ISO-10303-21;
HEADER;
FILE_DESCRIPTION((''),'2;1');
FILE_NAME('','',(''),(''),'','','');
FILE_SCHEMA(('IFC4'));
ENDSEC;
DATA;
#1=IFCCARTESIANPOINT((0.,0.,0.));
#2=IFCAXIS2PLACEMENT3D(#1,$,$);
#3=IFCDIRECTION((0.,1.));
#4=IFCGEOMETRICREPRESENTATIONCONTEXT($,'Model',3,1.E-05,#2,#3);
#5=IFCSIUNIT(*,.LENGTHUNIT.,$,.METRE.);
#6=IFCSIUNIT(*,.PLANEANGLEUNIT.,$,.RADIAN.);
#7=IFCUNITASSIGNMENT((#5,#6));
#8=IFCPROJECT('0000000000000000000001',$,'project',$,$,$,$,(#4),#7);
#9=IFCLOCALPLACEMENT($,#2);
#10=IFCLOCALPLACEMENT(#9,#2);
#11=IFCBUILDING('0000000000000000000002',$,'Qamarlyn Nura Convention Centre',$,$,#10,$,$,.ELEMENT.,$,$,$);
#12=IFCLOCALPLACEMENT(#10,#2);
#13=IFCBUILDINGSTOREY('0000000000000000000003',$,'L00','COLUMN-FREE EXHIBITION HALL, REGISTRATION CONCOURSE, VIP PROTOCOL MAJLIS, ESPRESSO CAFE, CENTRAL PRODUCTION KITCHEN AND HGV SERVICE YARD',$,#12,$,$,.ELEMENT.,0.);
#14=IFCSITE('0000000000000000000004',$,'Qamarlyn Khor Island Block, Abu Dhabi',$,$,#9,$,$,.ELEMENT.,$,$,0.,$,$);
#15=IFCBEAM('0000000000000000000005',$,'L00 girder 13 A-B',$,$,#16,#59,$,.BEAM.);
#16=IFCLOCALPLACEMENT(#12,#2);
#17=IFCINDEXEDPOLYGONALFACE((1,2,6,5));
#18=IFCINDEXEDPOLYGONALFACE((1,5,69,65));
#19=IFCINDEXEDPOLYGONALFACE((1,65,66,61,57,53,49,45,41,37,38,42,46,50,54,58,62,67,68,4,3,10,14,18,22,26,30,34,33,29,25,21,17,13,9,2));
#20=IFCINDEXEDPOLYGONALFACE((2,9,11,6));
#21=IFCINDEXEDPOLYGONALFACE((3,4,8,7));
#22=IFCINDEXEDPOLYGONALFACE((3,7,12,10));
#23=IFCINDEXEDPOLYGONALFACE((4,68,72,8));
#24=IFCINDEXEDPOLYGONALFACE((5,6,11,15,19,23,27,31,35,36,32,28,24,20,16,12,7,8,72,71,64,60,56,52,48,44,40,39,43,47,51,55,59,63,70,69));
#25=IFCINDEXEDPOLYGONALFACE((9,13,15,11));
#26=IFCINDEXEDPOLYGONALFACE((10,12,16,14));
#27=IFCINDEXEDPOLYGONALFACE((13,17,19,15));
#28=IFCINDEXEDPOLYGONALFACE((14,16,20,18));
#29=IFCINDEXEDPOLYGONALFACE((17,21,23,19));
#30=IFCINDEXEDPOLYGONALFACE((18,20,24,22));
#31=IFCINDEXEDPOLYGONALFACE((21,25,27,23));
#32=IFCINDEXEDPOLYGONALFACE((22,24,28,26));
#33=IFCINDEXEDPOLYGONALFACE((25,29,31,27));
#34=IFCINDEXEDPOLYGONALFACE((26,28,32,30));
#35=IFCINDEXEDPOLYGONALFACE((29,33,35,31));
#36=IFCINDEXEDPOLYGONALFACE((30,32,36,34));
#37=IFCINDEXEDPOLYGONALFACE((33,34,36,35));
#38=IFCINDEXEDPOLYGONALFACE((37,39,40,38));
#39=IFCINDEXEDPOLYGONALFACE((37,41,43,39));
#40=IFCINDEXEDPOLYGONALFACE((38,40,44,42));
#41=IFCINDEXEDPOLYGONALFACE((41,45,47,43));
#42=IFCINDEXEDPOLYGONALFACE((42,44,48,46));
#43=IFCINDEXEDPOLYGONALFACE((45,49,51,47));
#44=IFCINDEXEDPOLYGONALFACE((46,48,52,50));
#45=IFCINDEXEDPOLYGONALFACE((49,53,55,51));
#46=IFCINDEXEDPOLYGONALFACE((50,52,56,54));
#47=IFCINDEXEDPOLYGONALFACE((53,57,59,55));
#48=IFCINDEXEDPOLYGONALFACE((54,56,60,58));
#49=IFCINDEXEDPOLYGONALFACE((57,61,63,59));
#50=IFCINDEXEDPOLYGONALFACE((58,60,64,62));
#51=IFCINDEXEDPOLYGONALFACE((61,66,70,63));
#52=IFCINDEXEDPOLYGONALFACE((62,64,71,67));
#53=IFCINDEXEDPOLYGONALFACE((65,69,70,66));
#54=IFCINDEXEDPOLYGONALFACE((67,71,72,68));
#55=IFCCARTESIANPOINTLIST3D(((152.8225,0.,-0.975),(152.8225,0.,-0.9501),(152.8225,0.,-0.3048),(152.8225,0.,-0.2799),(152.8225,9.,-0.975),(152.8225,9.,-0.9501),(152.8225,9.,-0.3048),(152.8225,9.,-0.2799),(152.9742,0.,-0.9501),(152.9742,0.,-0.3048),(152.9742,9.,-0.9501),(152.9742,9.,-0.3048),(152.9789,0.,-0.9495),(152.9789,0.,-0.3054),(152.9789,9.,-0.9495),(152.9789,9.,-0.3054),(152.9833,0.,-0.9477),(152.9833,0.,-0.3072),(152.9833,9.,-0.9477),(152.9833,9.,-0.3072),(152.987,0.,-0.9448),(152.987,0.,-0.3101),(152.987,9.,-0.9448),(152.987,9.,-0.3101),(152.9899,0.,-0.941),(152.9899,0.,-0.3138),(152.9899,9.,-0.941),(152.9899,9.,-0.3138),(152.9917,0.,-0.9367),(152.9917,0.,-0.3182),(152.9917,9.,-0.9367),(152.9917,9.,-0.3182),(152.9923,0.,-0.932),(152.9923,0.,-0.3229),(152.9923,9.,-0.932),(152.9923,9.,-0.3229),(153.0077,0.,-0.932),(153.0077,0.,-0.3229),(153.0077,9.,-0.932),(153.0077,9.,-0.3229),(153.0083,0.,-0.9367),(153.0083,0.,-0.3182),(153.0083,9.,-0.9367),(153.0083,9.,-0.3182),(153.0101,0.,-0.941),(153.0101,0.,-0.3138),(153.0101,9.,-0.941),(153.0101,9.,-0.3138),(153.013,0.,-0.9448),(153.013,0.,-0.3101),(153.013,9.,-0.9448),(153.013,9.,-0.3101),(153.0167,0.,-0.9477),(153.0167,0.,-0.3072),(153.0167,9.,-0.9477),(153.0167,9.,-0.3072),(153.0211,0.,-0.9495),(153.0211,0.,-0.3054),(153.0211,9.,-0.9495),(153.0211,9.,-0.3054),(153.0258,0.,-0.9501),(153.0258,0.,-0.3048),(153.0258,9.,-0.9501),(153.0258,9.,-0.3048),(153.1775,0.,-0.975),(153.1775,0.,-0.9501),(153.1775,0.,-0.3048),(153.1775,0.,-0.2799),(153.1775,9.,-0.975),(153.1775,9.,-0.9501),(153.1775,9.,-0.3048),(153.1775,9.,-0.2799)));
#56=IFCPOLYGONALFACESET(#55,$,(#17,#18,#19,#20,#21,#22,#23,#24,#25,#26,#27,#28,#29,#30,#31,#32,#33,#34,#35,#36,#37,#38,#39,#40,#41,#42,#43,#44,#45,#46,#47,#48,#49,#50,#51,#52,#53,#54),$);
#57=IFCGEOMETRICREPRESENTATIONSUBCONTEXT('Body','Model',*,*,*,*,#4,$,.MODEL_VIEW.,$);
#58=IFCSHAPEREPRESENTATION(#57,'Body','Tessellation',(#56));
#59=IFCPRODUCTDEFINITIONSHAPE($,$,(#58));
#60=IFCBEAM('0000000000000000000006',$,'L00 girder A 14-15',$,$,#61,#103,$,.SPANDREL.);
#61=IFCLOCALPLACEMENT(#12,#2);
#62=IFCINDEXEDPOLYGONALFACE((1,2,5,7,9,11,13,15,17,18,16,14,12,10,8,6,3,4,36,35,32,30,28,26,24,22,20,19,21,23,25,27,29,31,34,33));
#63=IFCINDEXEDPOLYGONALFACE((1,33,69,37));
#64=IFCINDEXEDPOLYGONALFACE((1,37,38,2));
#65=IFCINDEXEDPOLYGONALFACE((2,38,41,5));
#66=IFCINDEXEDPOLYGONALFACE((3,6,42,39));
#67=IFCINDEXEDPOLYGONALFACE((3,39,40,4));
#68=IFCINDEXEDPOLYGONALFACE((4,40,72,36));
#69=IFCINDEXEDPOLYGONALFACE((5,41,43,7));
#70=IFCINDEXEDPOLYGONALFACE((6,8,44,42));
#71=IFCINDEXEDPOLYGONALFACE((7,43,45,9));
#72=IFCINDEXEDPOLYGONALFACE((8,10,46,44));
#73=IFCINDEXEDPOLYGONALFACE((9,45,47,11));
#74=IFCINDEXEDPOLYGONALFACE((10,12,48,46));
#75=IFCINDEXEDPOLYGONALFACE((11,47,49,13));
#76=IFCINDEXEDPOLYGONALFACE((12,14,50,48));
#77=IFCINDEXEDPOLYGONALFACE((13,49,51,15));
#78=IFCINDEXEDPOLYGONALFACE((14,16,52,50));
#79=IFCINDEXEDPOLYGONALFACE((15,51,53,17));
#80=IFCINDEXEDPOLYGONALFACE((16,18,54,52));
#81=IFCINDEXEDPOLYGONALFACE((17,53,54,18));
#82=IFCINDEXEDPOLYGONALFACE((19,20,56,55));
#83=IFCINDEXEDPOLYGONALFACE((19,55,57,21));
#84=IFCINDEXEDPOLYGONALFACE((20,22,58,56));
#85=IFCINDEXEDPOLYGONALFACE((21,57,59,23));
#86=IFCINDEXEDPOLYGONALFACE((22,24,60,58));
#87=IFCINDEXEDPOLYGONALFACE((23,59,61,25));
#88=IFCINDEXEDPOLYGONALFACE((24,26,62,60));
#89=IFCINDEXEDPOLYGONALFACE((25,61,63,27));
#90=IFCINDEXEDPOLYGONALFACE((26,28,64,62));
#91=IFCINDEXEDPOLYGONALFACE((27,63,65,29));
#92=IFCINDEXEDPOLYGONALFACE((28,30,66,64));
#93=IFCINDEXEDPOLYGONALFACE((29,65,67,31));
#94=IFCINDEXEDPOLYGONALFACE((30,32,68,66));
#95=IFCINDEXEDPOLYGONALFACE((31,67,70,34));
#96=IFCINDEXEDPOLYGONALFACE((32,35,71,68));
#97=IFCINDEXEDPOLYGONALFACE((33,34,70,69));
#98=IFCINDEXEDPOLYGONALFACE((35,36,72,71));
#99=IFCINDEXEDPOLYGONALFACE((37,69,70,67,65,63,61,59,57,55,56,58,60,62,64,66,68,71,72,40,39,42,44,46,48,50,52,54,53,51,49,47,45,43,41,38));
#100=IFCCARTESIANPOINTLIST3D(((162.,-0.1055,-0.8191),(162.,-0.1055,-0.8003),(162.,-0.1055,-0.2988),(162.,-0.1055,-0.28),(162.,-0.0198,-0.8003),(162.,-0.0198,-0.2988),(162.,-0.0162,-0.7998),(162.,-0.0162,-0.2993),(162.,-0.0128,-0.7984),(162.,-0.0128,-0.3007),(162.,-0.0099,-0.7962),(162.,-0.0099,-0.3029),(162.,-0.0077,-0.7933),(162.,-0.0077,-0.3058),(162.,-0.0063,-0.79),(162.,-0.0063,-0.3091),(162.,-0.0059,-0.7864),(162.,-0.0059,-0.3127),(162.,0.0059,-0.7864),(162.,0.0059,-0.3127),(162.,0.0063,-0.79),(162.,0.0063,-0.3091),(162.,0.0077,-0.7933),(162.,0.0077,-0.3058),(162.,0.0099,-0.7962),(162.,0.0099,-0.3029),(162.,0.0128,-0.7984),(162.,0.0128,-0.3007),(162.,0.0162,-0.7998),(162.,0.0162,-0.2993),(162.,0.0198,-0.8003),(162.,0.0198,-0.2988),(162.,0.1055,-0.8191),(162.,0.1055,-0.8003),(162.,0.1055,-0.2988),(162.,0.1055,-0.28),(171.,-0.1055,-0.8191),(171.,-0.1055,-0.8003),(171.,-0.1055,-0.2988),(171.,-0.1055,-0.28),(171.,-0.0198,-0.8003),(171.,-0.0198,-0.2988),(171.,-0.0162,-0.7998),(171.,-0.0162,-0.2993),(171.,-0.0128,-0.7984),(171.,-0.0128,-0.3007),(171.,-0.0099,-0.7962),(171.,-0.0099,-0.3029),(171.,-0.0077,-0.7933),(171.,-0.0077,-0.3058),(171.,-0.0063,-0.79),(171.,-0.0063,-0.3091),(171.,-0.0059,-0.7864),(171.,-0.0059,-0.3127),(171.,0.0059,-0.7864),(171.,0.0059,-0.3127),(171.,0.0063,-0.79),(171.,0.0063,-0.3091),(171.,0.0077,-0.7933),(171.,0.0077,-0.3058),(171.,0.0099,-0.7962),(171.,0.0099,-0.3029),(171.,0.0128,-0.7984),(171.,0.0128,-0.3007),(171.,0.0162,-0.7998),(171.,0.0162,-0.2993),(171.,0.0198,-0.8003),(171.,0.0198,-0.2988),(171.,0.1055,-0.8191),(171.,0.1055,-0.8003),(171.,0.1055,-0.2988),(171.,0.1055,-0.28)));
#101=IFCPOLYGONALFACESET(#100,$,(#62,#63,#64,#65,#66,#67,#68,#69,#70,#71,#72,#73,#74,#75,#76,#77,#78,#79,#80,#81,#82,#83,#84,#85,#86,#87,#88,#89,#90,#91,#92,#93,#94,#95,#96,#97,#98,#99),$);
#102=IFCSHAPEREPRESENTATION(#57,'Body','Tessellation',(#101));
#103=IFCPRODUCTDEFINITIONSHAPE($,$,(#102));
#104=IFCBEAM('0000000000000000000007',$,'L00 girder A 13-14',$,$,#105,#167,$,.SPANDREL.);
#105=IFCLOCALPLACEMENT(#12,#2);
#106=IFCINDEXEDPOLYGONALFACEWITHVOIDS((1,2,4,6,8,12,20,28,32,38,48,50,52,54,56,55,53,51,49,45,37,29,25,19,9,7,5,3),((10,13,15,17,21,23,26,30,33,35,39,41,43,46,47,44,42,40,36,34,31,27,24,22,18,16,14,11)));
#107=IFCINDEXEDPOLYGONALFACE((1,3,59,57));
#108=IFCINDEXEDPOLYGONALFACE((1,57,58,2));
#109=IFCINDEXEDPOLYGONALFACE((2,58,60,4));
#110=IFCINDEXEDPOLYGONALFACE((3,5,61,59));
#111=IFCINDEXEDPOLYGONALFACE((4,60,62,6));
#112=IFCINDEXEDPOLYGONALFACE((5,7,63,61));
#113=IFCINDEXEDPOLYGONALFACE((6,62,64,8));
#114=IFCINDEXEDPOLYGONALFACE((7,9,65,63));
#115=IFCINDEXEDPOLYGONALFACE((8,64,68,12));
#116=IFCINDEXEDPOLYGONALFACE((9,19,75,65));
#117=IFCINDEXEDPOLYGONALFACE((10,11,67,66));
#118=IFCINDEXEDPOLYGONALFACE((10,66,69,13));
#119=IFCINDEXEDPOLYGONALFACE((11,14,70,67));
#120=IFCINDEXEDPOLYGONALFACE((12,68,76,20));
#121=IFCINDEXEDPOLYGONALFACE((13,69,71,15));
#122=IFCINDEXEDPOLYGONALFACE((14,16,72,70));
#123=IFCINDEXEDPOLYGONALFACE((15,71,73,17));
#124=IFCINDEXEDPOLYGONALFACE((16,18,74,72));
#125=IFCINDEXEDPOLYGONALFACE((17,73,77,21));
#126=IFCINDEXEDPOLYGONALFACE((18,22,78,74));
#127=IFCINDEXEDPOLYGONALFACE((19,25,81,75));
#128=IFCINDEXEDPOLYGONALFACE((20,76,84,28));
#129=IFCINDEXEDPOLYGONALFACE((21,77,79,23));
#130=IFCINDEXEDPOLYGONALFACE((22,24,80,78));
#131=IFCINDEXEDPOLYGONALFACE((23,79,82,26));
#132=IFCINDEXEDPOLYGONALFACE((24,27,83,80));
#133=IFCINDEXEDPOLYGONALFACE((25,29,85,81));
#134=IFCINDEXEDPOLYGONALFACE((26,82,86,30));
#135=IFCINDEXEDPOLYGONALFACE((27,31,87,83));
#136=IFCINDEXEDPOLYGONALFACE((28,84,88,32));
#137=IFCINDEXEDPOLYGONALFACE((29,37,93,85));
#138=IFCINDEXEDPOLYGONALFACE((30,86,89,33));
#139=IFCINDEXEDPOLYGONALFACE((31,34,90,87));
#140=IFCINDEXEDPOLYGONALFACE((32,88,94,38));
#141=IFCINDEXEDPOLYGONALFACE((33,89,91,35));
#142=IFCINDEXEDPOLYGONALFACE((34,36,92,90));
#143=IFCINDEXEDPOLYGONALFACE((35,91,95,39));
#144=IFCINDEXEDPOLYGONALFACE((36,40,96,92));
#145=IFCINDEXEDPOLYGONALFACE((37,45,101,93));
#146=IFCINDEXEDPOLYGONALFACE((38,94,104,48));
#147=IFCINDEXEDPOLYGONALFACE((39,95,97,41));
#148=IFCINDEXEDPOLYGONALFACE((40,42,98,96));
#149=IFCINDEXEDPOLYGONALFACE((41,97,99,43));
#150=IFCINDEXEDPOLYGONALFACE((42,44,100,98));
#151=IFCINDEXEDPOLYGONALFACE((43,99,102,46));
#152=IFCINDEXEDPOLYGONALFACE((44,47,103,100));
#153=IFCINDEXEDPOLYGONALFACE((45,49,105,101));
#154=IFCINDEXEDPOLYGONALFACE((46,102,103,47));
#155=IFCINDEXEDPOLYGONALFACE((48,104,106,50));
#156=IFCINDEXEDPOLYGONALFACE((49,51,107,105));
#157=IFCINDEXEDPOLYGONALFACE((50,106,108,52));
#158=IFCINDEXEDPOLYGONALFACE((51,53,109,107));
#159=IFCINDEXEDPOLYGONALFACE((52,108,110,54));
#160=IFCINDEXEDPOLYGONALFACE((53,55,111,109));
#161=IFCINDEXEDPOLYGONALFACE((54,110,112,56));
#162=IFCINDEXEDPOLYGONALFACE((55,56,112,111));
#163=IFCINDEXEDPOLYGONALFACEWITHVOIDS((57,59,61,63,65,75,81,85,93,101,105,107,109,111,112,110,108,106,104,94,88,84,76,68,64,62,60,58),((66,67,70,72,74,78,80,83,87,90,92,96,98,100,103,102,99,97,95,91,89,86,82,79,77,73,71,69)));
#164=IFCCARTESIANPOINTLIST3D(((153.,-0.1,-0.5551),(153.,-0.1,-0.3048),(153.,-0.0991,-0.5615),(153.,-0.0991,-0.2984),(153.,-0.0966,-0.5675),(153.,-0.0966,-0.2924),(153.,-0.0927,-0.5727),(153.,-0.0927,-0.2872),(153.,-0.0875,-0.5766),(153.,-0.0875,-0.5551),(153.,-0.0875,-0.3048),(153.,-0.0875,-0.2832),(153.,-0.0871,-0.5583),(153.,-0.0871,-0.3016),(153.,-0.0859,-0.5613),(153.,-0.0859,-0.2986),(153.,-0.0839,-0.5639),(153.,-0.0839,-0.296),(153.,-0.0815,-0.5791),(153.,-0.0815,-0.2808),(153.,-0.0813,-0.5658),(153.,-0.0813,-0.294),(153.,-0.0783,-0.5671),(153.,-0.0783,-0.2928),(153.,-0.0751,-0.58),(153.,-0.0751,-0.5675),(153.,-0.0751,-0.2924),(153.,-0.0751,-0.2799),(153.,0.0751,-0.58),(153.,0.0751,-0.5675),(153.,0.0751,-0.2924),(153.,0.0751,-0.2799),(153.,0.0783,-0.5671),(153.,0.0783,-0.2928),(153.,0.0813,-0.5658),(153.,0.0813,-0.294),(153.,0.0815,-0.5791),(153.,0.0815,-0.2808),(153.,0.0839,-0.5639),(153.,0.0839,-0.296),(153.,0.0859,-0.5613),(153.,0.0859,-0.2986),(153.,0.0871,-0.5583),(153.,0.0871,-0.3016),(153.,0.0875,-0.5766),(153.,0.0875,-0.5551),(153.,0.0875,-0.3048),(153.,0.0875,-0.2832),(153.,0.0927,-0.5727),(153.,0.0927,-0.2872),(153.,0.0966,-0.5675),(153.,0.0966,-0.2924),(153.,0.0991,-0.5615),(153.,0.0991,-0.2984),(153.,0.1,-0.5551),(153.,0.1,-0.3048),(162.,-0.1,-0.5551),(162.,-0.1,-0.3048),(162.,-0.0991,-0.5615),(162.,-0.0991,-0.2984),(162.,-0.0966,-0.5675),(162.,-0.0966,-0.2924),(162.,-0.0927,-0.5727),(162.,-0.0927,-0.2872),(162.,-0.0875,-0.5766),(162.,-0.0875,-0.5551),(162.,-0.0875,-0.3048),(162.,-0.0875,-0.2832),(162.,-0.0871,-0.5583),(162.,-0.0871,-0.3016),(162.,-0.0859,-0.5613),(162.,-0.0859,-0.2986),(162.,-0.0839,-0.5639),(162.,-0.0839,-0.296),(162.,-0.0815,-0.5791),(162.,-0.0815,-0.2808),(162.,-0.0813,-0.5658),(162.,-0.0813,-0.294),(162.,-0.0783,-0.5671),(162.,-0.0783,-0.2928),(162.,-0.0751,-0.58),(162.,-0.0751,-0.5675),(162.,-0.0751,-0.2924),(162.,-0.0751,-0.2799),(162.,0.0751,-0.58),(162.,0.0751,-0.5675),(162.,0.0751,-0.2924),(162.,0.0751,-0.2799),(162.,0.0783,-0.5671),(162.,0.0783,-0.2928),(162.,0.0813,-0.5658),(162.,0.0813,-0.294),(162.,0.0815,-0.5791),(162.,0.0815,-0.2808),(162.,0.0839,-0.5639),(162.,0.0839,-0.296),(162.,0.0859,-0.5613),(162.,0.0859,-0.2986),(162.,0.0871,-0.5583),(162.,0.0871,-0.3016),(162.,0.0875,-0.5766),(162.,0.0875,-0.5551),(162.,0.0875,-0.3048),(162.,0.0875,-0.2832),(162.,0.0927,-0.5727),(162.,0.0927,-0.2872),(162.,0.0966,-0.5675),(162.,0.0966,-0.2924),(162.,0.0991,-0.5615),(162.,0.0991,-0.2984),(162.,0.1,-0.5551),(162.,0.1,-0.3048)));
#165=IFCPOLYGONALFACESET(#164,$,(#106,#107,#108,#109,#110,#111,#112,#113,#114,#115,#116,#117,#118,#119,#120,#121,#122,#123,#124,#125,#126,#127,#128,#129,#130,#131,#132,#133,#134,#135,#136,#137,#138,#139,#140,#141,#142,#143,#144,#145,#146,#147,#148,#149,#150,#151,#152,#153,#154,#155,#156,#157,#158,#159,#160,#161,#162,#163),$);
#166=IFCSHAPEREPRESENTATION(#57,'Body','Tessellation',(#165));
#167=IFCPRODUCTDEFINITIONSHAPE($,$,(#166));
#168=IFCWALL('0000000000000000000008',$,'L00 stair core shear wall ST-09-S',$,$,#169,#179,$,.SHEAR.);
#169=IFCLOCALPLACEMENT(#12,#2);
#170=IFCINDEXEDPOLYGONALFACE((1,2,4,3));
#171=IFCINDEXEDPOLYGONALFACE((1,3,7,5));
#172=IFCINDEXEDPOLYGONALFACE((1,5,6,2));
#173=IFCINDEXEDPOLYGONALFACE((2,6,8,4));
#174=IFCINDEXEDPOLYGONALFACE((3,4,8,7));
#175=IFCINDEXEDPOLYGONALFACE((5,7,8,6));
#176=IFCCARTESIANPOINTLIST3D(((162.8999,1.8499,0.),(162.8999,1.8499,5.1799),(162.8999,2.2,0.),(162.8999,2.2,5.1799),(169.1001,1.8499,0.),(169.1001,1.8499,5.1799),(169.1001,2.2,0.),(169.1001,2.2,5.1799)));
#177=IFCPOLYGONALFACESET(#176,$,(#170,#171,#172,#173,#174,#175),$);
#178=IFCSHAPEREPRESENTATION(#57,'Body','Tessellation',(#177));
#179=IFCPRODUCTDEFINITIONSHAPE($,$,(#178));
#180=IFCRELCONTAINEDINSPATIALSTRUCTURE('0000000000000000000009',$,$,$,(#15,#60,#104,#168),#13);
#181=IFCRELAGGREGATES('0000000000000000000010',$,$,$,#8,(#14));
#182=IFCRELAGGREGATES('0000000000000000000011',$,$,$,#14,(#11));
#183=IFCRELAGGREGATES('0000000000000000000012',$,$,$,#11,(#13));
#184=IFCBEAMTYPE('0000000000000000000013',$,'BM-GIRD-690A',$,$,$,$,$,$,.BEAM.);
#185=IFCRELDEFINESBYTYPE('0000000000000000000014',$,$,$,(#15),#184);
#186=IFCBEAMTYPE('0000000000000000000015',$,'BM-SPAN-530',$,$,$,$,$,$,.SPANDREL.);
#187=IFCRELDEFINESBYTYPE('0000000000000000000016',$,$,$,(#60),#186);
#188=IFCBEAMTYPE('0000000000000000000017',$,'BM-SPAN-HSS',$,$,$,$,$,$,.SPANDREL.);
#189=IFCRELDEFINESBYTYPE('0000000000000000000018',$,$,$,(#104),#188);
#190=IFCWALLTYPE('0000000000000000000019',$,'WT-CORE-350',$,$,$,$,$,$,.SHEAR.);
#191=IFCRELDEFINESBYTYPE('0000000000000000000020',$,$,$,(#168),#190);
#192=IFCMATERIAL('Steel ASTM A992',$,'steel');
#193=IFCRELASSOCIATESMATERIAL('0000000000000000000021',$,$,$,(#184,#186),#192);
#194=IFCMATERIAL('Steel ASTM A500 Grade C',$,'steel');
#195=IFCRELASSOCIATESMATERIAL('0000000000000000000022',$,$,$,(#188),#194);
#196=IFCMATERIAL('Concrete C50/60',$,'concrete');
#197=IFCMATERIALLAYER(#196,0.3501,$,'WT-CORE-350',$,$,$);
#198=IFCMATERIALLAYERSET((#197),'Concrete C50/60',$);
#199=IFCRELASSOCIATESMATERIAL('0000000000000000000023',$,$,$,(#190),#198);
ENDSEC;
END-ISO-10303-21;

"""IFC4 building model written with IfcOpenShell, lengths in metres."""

from ifc_helpers import new_model, si_unit, direction, frame, frame_2d, origin, origin_2d, place, context, subcontext, project, spatial, rectangle, hollow_rectangle, i_section, extrude, material, layer, layer_set, material_profile, profile_set, type_object, element, save


model = new_model("IFC4")

# Units and contexts
model_context = context("Model", 3, precision=1e-05, world=origin(), true_north=direction((0.0, 1.0)))
body_context = subcontext(model_context, "Body", "Model", "MODEL_VIEW")
ifc_project = project(units=[si_unit("LENGTHUNIT", "METRE"), si_unit("PLANEANGLEUNIT", "RADIAN")], contexts=[model_context])

# Site, building, storey
site_placement = place(None, origin())
site = spatial("IfcSite", under=ifc_project, at=site_placement, Name="Qamarlyn Khor Island Block, Abu Dhabi", CompositionType="ELEMENT", RefElevation=0.0)
building_placement = place(site_placement, origin())
building = spatial("IfcBuilding", under=site, at=building_placement, Name="Qamarlyn Nura Convention Centre", CompositionType="ELEMENT")
storey_placement = place(building_placement, origin())
storey = spatial("IfcBuildingStorey", under=building, at=storey_placement, Name="L00", Description="COLUMN-FREE EXHIBITION HALL, REGISTRATION CONCOURSE, VIP PROTOCOL MAJLIS, ESPRESSO CAFE, CENTRAL PRODUCTION KITCHEN AND HGV SERVICE YARD", CompositionType="ELEMENT", Elevation=0.0)

# Shared definitions
ifc_material_1 = material(Name="Steel ASTM A992", Category="steel")

# Beams
ifc_material_profile_1 = material_profile(ifc_material_1, i_section(OverallWidth=0.355, OverallDepth=0.6951, WebThickness=0.0154, FlangeThickness=0.0249, FilletRadius=0.0181, at=origin_2d()), Name="W690X217")
ifc_profile_set_1 = profile_set([ifc_material_profile_1], Name="Steel ASTM A992")
beam_type_1 = type_object("IfcBeamType", Name="BM-GIRD-690A", PredefinedType="BEAM", material=ifc_profile_set_1)
beam_1_placement = place(storey_placement, frame((153.0, 0.0, -0.6274), z_axis=(0.0, 1.0, 0.0), x_axis=(-1.0, 0.0, 0.0)))
element("IfcBeam", 1, at=beam_1_placement, inside=storey, type_object=beam_type_1, Name="L00 girder 13 A-B", PredefinedType="BEAM", context=body_context, shape_type="SweptSolid", body=[
    extrude(i_section(OverallWidth=0.355, OverallDepth=0.6951, WebThickness=0.0154, FlangeThickness=0.0249, FilletRadius=0.0181, at=origin_2d()), origin(), (0.0, 0.0, 1.0), 9.0),
])
ifc_material_profile_2 = material_profile(ifc_material_1, i_section(OverallWidth=0.2109, OverallDepth=0.5391, WebThickness=0.0117, FlangeThickness=0.0188, FilletRadius=0.0139, at=origin_2d()), Name="W530X109")
ifc_profile_set_2 = profile_set([ifc_material_profile_2], Name="Steel ASTM A992")
beam_type_2 = type_object("IfcBeamType", Name="BM-SPAN-530", PredefinedType="SPANDREL", material=ifc_profile_set_2)
beam_2_placement = place(storey_placement, frame((162.0, 0.0, -0.5496), z_axis=(1.0, 0.0, 0.0), x_axis=(0.0, 1.0, 0.0)))
element("IfcBeam", 2, at=beam_2_placement, inside=storey, type_object=beam_type_2, Name="L00 girder A 14-15", PredefinedType="SPANDREL", context=body_context, shape_type="SweptSolid", body=[
    extrude(i_section(OverallWidth=0.2109, OverallDepth=0.5391, WebThickness=0.0117, FlangeThickness=0.0188, FilletRadius=0.0139, at=origin_2d()), origin(), (0.0, 0.0, 1.0), 9.0),
])
ifc_material_2 = material(Name="Steel ASTM A500 Grade C", Category="steel")
ifc_material_profile_3 = material_profile(ifc_material_2, hollow_rectangle(XDim=0.2, YDim=0.3, WallThickness=0.0125, InnerFilletRadius=0.0125, OuterFilletRadius=0.0249, at=origin_2d()), Name="HSS300X200X12.5")
ifc_profile_set_3 = profile_set([ifc_material_profile_3], Name="Steel ASTM A500 Grade C")
beam_type_3 = type_object("IfcBeamType", Name="BM-SPAN-HSS", PredefinedType="SPANDREL", material=ifc_profile_set_3)
beam_3_placement = place(storey_placement, frame((153.0, 0.0, -0.4299), z_axis=(1.0, 0.0, 0.0), x_axis=(0.0, 1.0, 0.0)))
element("IfcBeam", 3, at=beam_3_placement, inside=storey, type_object=beam_type_3, Name="L00 girder A 13-14", PredefinedType="SPANDREL", context=body_context, shape_type="SweptSolid", body=[
    extrude(hollow_rectangle(XDim=0.2, YDim=0.3, WallThickness=0.0125, InnerFilletRadius=0.0125, OuterFilletRadius=0.0249, at=origin_2d()), origin(), (0.0, 0.0, 1.0), 9.0),
])

# Wall
ifc_material_3 = material(Name="Concrete C50/60", Category="concrete")
ifc_layer_1 = layer(ifc_material_3, 0.3501, Name="WT-CORE-350")
ifc_layer_set_1 = layer_set([ifc_layer_1], Name="Concrete C50/60")
wall_type_1 = type_object("IfcWallType", Name="WT-CORE-350", PredefinedType="SHEAR", material=ifc_layer_set_1)
wall_1_placement = place(storey_placement, frame((162.8999, 2.0249, 0.0), z_axis=(0.0, 0.0, 1.0), x_axis=(1.0, 0.0, 0.0)))
element("IfcWall", 4, at=wall_1_placement, inside=storey, type_object=wall_type_1, Name="L00 stair core shear wall ST-09-S", PredefinedType="SHEAR", context=body_context, shape_type="SweptSolid", body=[
    extrude(rectangle(XDim=6.2002, YDim=0.3501, at=frame_2d((3.1001, 0.0))), origin(), (0.0, 0.0, 1.0), 5.1799),
])

save(model, "model.ifc")
